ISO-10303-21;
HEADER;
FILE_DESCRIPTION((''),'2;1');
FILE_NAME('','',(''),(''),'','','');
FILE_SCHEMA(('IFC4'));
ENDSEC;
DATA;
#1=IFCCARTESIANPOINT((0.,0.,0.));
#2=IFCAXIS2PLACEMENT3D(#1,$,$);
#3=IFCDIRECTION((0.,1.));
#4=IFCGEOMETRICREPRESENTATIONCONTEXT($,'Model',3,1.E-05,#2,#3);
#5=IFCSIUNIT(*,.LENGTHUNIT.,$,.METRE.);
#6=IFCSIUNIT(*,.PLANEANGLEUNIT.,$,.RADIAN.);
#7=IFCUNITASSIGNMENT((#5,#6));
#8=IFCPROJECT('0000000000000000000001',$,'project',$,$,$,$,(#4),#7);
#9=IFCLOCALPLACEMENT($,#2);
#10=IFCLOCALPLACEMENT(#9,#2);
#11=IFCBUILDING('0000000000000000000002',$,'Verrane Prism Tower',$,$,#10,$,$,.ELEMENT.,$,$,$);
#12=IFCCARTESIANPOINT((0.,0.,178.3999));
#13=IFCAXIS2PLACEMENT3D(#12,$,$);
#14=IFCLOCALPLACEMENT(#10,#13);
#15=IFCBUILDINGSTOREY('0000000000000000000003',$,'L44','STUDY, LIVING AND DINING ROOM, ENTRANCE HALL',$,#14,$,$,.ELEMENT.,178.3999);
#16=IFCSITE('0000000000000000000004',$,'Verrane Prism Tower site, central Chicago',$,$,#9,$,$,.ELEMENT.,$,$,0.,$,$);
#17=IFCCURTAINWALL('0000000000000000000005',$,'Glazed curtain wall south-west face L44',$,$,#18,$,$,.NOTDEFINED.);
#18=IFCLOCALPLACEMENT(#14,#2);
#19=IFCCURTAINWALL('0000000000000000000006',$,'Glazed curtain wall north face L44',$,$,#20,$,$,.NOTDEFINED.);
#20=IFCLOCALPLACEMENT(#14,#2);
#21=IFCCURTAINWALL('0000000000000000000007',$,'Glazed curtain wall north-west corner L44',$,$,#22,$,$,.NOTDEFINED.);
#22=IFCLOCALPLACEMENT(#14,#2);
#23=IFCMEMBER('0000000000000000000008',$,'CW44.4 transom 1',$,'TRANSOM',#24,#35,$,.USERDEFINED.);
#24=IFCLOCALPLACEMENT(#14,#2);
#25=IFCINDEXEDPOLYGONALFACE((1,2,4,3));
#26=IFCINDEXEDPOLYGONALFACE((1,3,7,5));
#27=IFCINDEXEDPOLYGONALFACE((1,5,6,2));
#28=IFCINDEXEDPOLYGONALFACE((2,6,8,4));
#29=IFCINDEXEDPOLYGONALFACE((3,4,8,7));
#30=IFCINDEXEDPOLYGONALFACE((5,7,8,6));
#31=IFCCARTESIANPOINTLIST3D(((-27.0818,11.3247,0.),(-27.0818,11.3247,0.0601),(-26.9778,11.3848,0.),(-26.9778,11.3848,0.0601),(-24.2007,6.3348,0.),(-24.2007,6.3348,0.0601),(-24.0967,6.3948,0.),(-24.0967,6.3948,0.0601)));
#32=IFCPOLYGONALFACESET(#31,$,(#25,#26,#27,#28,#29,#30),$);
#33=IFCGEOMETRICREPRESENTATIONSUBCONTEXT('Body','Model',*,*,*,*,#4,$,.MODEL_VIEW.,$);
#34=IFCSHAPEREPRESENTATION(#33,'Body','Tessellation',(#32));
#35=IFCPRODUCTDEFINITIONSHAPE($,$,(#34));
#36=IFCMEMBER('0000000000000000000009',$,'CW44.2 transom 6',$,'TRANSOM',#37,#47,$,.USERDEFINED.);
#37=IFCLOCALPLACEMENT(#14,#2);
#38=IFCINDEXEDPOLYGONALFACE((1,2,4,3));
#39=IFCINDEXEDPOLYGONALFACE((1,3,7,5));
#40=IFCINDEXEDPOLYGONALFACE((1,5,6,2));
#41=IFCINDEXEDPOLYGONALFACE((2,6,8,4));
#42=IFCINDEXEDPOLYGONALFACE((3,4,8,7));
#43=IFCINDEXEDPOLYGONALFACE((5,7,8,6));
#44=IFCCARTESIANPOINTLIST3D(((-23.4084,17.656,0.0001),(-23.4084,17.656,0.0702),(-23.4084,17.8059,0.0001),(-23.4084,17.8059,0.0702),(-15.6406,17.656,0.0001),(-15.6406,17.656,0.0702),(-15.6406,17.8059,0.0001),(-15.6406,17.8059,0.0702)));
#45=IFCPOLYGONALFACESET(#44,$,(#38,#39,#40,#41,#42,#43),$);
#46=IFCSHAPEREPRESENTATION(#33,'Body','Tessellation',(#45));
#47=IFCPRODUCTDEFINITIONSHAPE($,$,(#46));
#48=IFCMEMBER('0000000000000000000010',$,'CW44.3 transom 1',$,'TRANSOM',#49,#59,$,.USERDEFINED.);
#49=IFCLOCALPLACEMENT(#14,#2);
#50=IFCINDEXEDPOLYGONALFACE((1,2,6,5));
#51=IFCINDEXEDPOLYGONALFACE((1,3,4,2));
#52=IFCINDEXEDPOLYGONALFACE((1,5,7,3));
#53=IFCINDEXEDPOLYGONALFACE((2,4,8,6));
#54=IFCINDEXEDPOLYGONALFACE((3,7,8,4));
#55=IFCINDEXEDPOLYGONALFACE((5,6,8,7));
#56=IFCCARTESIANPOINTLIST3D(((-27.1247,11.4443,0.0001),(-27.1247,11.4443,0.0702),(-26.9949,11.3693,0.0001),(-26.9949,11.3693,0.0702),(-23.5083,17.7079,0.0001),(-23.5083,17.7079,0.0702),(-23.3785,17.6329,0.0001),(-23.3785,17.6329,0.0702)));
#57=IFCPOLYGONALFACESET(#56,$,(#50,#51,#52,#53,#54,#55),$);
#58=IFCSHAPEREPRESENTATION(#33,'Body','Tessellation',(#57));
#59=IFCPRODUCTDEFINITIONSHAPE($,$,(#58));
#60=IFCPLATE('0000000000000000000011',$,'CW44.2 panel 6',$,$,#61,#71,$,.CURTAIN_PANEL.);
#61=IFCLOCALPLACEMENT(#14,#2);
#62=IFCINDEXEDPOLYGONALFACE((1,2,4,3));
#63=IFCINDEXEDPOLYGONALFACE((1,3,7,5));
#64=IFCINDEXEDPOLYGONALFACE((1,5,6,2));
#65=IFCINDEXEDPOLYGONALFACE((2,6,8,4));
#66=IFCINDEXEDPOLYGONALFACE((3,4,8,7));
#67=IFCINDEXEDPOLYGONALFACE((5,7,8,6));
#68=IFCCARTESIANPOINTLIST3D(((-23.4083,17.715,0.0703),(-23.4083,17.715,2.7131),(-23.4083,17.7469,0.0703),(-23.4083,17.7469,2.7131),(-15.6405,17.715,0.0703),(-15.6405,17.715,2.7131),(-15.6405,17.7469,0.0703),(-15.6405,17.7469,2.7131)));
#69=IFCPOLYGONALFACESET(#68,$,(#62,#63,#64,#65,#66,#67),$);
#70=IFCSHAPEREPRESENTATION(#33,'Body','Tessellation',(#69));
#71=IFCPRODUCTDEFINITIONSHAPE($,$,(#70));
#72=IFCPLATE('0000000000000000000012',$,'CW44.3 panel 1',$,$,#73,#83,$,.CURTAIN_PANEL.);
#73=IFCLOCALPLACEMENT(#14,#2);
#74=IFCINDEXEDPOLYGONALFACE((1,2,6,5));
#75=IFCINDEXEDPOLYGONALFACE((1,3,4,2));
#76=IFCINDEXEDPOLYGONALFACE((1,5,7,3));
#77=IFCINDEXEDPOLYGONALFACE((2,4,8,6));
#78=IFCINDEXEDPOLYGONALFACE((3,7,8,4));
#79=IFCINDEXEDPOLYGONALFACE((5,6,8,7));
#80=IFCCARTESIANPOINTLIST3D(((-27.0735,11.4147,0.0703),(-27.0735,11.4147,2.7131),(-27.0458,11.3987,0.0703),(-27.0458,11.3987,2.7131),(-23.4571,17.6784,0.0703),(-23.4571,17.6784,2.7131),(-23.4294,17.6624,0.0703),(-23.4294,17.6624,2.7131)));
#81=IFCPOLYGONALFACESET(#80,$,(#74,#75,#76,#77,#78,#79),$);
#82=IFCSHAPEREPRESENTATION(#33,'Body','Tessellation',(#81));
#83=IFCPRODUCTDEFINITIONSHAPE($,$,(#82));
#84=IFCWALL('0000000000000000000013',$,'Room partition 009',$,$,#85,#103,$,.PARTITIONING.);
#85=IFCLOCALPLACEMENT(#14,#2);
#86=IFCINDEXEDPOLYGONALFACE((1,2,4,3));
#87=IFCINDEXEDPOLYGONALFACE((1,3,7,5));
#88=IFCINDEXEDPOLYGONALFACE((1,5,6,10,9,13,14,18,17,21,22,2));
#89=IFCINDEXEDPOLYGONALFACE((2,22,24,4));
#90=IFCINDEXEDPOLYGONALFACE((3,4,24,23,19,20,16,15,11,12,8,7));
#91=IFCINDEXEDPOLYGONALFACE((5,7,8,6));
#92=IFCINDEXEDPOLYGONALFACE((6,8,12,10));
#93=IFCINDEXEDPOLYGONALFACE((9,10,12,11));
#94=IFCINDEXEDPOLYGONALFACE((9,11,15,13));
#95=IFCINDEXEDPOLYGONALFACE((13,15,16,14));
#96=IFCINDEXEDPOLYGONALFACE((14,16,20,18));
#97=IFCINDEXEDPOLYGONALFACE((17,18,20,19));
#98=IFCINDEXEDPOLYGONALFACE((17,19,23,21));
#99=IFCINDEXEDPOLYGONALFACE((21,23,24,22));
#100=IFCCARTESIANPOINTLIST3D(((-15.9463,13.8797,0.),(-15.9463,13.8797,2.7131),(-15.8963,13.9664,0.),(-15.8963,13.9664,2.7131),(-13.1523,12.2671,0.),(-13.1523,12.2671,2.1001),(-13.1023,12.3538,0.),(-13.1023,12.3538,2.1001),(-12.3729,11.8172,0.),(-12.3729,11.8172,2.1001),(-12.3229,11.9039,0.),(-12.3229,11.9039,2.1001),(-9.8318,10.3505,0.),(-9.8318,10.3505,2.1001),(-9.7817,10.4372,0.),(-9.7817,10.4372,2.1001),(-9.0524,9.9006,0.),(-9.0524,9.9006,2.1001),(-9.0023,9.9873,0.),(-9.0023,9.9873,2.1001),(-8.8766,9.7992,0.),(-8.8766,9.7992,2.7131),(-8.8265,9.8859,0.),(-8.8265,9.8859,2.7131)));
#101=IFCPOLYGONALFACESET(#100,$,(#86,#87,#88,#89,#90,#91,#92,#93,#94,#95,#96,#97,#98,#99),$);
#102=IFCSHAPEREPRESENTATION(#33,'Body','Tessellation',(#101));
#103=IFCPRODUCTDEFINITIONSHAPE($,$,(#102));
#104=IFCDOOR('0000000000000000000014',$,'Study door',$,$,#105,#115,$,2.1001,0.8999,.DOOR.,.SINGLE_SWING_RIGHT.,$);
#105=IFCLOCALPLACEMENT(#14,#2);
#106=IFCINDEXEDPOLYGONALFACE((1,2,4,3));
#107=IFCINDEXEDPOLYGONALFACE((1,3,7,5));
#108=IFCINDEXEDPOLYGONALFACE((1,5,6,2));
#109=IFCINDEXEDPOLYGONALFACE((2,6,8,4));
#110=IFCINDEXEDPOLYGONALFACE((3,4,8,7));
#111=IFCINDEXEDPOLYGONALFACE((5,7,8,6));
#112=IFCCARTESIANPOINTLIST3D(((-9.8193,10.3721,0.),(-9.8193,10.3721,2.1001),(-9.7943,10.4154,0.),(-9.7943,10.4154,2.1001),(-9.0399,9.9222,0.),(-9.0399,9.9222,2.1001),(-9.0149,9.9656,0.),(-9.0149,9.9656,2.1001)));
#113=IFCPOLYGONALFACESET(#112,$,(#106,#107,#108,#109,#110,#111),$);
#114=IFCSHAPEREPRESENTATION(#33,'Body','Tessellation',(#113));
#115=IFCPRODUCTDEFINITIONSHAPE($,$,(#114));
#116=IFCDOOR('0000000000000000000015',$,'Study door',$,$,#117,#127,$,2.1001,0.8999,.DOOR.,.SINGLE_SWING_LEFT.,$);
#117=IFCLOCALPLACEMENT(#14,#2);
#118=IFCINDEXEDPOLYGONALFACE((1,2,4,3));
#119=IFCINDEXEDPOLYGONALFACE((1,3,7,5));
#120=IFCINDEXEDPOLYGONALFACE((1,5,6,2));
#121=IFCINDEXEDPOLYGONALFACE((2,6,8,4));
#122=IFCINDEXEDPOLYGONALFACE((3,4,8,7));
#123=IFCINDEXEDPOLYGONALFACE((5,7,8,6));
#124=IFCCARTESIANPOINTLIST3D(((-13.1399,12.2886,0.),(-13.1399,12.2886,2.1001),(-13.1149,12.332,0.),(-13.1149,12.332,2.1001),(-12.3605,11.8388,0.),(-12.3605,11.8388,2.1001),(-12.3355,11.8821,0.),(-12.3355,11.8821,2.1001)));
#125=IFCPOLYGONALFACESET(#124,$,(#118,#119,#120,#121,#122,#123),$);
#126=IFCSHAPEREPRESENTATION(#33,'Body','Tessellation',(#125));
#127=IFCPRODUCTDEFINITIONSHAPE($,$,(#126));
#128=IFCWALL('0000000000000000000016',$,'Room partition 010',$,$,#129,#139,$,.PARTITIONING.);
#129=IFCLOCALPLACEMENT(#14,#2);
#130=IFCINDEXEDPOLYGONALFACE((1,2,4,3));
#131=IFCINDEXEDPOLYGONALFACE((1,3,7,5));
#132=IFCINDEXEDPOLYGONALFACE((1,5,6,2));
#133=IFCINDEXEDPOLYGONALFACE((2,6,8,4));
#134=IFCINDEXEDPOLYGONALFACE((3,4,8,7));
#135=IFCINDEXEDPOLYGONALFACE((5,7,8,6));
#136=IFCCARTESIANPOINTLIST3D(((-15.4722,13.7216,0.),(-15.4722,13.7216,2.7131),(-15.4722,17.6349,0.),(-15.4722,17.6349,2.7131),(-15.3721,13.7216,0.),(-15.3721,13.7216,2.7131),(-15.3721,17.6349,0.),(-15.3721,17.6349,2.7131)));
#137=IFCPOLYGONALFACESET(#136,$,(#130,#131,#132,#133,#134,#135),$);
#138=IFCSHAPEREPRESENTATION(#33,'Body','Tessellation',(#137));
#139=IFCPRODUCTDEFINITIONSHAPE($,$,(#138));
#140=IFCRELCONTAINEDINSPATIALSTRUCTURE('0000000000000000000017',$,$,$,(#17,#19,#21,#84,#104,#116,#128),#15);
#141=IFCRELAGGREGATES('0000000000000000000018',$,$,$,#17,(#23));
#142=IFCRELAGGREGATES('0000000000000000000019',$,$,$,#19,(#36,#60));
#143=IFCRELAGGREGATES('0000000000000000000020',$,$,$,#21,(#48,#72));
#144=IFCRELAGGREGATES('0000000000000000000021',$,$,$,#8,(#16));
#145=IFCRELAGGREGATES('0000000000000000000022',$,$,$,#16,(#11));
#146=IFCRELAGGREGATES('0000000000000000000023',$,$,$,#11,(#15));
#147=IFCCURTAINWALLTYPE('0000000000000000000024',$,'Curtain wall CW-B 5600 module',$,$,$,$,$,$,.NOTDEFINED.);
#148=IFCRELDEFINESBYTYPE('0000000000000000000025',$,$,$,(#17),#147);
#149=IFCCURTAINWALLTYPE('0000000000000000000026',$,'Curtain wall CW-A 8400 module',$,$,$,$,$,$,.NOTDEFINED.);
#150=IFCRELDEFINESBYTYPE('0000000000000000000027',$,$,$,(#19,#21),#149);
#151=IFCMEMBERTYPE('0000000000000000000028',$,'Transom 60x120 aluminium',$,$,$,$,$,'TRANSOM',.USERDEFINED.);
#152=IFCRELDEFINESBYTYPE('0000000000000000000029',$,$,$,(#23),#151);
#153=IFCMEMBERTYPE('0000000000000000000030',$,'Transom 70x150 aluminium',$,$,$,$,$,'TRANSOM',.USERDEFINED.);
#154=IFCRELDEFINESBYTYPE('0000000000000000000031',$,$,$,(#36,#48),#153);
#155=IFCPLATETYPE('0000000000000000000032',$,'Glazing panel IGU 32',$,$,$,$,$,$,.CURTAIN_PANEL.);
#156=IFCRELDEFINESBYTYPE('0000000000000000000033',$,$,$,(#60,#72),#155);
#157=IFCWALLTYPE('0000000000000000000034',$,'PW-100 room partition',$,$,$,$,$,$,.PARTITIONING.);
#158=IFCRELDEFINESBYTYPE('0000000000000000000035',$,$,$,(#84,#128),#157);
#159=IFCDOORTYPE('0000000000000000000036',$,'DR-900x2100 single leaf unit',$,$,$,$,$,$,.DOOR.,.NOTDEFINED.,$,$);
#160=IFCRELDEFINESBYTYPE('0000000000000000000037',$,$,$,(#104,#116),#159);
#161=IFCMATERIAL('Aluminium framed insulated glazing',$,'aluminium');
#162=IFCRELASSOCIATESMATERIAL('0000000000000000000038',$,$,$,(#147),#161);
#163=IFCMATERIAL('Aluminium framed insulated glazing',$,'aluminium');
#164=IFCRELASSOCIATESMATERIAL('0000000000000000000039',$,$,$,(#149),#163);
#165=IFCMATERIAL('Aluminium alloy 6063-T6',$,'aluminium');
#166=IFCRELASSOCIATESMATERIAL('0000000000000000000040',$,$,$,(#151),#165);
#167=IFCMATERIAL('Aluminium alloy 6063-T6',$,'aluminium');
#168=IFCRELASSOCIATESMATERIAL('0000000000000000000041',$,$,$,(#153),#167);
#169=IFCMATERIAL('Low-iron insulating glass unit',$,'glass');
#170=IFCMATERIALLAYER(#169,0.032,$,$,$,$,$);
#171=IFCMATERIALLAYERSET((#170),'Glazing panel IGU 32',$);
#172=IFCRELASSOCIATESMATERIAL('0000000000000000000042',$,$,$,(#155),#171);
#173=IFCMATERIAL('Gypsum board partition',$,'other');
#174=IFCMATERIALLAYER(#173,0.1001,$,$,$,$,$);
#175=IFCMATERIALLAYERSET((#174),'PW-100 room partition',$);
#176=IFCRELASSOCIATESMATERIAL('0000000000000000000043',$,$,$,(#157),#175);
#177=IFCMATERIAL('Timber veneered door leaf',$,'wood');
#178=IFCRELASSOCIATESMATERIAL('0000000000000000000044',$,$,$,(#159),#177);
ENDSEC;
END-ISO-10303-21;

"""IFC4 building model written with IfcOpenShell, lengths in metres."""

from ifc_helpers import new_model, si_unit, direction, frame, frame_2d, origin, origin_2d, place, context, subcontext, project, spatial, rectangle, extrude, material, layer, layer_set, material_profile, profile_set, type_object, element, fill, aggregate, save


model = new_model("IFC4")

# Units and contexts
model_context = context("Model", 3, precision=1e-05, world=origin(), true_north=direction((0.0, 1.0)))
body_context = subcontext(model_context, "Body", "Model", "MODEL_VIEW")
ifc_project = project(units=[si_unit("LENGTHUNIT", "METRE"), si_unit("PLANEANGLEUNIT", "RADIAN")], contexts=[model_context])

# Site, building, storey
site_placement = place(None, origin())
site = spatial("IfcSite", under=ifc_project, at=site_placement, Name="Verrane Prism Tower site, central Chicago", CompositionType="ELEMENT", RefElevation=0.0)
building_placement = place(site_placement, origin())
building = spatial("IfcBuilding", under=site, at=building_placement, Name="Verrane Prism Tower", CompositionType="ELEMENT")
storey_placement = place(building_placement, frame((0.0, 0.0, 178.3999)))
storey = spatial("IfcBuildingStorey", under=building, at=storey_placement, Name="L44", Description="STUDY, LIVING AND DINING ROOM, ENTRANCE HALL", CompositionType="ELEMENT", Elevation=178.3999)

# Curtain walls
ifc_material_1 = material(Name="Aluminium framed insulated glazing", Category="aluminium")
curtain_wall_type_1 = type_object("IfcCurtainWallType", Name="Curtain wall CW-B 5600 module", PredefinedType="NOTDEFINED", material=ifc_material_1)
curtain_wall_1_placement = place(storey_placement, origin())
curtain_wall_1 = element("IfcCurtainWall", 1, at=curtain_wall_1_placement, inside=storey, type_object=curtain_wall_type_1, Name="Glazed curtain wall south-west face L44", PredefinedType="NOTDEFINED")
ifc_material_2 = material(Name="Aluminium framed insulated glazing", Category="aluminium")
curtain_wall_type_2 = type_object("IfcCurtainWallType", Name="Curtain wall CW-A 8400 module", PredefinedType="NOTDEFINED", material=ifc_material_2)
curtain_wall_2_placement = place(storey_placement, origin())
curtain_wall_2 = element("IfcCurtainWall", 2, at=curtain_wall_2_placement, inside=storey, type_object=curtain_wall_type_2, Name="Glazed curtain wall north face L44", PredefinedType="NOTDEFINED")
curtain_wall_3_placement = place(storey_placement, origin())
curtain_wall_3 = element("IfcCurtainWall", 3, at=curtain_wall_3_placement, inside=storey, type_object=curtain_wall_type_2, Name="Glazed curtain wall north-west corner L44", PredefinedType="NOTDEFINED")

# Members
ifc_material_3 = material(Name="Aluminium alloy 6063-T6", Category="aluminium")
ifc_material_profile_1 = material_profile(ifc_material_3, rectangle(XDim=0.1201, YDim=0.0601, at=origin_2d()), Name="Transom 60x120 aluminium")
ifc_profile_set_1 = profile_set([ifc_material_profile_1], Name="Aluminium alloy 6063-T6")
member_type_1 = type_object("IfcMemberType", Name="Transom 60x120 aluminium", ElementType="TRANSOM", PredefinedType="USERDEFINED", material=ifc_profile_set_1)
member_1_placement = place(storey_placement, frame((-27.0298, 11.3547, 0.03), z_axis=(0.500017, -0.866016, 0.0), x_axis=(0.866016, 0.500017, 0.0)))
member_1 = element("IfcMember", 4, at=member_1_placement, type_object=member_type_1, Name="CW44.4 transom 1", ObjectType="TRANSOM", PredefinedType="USERDEFINED", context=body_context, shape_type="SweptSolid", body=[
    extrude(rectangle(XDim=0.1201, YDim=0.0601, at=origin_2d()), origin(), (0.0, 0.0, 1.0), 5.762),
])
aggregate(curtain_wall_1, [member_1])
ifc_material_4 = material(Name="Aluminium alloy 6063-T6", Category="aluminium")
ifc_material_profile_2 = material_profile(ifc_material_4, rectangle(XDim=0.1499, YDim=0.0701, at=origin_2d()), Name="Transom 70x150 aluminium")
ifc_profile_set_2 = profile_set([ifc_material_profile_2], Name="Aluminium alloy 6063-T6")
member_type_2 = type_object("IfcMemberType", Name="Transom 70x150 aluminium", ElementType="TRANSOM", PredefinedType="USERDEFINED", material=ifc_profile_set_2)
member_2_placement = place(storey_placement, frame((-15.6406, 17.731, 0.0352), z_axis=(-1.0, 0.0, 0.0), x_axis=(0.0, -1.0, 0.0)))
member_2 = element("IfcMember", 5, at=member_2_placement, type_object=member_type_2, Name="CW44.2 transom 6", ObjectType="TRANSOM", PredefinedType="USERDEFINED", context=body_context, shape_type="SweptSolid", body=[
    extrude(rectangle(XDim=0.1499, YDim=0.0701, at=origin_2d()), origin(), (0.0, 0.0, 1.0), 7.7678),
])
member_3_placement = place(storey_placement, frame((-23.4434, 17.6704, 0.0352), z_axis=(-0.500013, -0.866018, 0.0), x_axis=(0.866018, -0.500013, 0.0)))
member_3 = element("IfcMember", 6, at=member_3_placement, type_object=member_type_2, Name="CW44.3 transom 1", ObjectType="TRANSOM", PredefinedType="USERDEFINED", context=body_context, shape_type="SweptSolid", body=[
    extrude(rectangle(XDim=0.1499, YDim=0.0701, at=origin_2d()), origin(), (0.0, 0.0, 1.0), 7.2327),
])

# Plates
ifc_material_5 = material(Name="Low-iron insulating glass unit", Category="glass")
ifc_layer_1 = layer(ifc_material_5, 0.032)
ifc_layer_set_1 = layer_set([ifc_layer_1], Name="Glazing panel IGU 32")
plate_type = type_object("IfcPlateType", Name="Glazing panel IGU 32", PredefinedType="CURTAIN_PANEL", material=ifc_layer_set_1)
plate_1_placement = place(storey_placement, frame((-19.5244, 17.731, 0.0703), z_axis=(0.0, 0.0, 1.0), x_axis=(-1.0, 0.0, 0.0)))
plate_1 = element("IfcPlate", 7, at=plate_1_placement, type_object=plate_type, Name="CW44.2 panel 6", PredefinedType="CURTAIN_PANEL", context=body_context, shape_type="SweptSolid", body=[
    extrude(rectangle(XDim=7.7678, YDim=0.032, at=origin_2d()), origin(), (0.0, 0.0, 1.0), 2.6428),
])
aggregate(curtain_wall_2, [member_2, plate_1])
plate_2_placement = place(storey_placement, frame((-25.2515, 14.5386, 0.0703), z_axis=(0.0, 0.0, 1.0), x_axis=(-0.500002, -0.866024, 0.0)))
plate_2 = element("IfcPlate", 8, at=plate_2_placement, type_object=plate_type, Name="CW44.3 panel 1", PredefinedType="CURTAIN_PANEL", context=body_context, shape_type="SweptSolid", body=[
    extrude(rectangle(XDim=7.2327, YDim=0.032, at=origin_2d()), origin(), (0.0, 0.0, 1.0), 2.6428),
])
aggregate(curtain_wall_3, [member_3, plate_2])

# Wall, openings, doors
ifc_material_6 = material(Name="Gypsum board partition", Category="other")
ifc_layer_2 = layer(ifc_material_6, 0.1001)
ifc_layer_set_2 = layer_set([ifc_layer_2], Name="PW-100 room partition")
wall_type = type_object("IfcWallType", Name="PW-100 room partition", PredefinedType="PARTITIONING", material=ifc_layer_set_2)
wall_1_placement = place(storey_placement, frame((-15.9214, 13.9231, 0.0), z_axis=(0.0, 0.0, 1.0), x_axis=(0.866089, -0.49989, 0.0)))
wall_1 = element("IfcWall", 9, at=wall_1_placement, inside=storey, type_object=wall_type, Name="Room partition 009", PredefinedType="PARTITIONING", context=body_context, shape_type="SweptSolid", body=[
    extrude(rectangle(XDim=8.1628, YDim=0.1001, at=frame_2d((4.0815, 0.0))), origin(), (0.0, 0.0, 1.0), 2.7131),
])
opening_1_placement = place(wall_1_placement, frame((7.0601, 0.0, 0.0)))
opening_1 = element("IfcOpeningElement", 10, at=opening_1_placement, cuts=wall_1, PredefinedType="OPENING", context=body_context, shape_type="SweptSolid", body=[
    extrude(rectangle(XDim=0.8999, YDim=2.1001, at=frame_2d((0.45, 1.05))), frame((0.0, 0.0601, 0.0), z_axis=(0.0, -1.0, 0.0), x_axis=(1.0, 0.0, 0.0)), (0.0, 0.0, 1.0), 0.1201),
])
opening_2_placement = place(wall_1_placement, frame((3.2261, 0.0, 0.0)))
opening_2 = element("IfcOpeningElement", 11, at=opening_2_placement, cuts=wall_1, PredefinedType="OPENING", context=body_context, shape_type="SweptSolid", body=[
    extrude(rectangle(XDim=0.8999, YDim=2.1001, at=frame_2d((0.45, 1.05))), frame((0.0, 0.0601, 0.0), z_axis=(0.0, -1.0, 0.0), x_axis=(1.0, 0.0, 0.0)), (0.0, 0.0, 1.0), 0.1201),
])
ifc_material_7 = material(Name="Timber veneered door leaf", Category="wood")
door_type = type_object("IfcDoorType", Name="DR-900x2100 single leaf unit", OperationType="NOTDEFINED", PredefinedType="DOOR", material=ifc_material_7)
door_1_placement = place(opening_1_placement, origin())
door_1 = element("IfcDoor", 12, at=door_1_placement, inside=storey, type_object=door_type, Name="Study door", OperationType="SINGLE_SWING_RIGHT", OverallHeight=2.1001, OverallWidth=0.8999, PredefinedType="DOOR", context=body_context, shape_type="SweptSolid", body=[
    extrude(rectangle(XDim=0.8999, YDim=2.1001, at=frame_2d((0.45, 1.05))), frame((0.0, 0.0249, 0.0), z_axis=(0.0, -1.0, 0.0), x_axis=(1.0, 0.0, 0.0)), (0.0, 0.0, 1.0), 0.05),
])
fill(opening_1, door_1)
door_2_placement = place(opening_2_placement, origin())
door_2 = element("IfcDoor", 13, at=door_2_placement, inside=storey, type_object=door_type, Name="Study door", OperationType="SINGLE_SWING_LEFT", OverallHeight=2.1001, OverallWidth=0.8999, PredefinedType="DOOR", context=body_context, shape_type="SweptSolid", body=[
    extrude(rectangle(XDim=0.8999, YDim=2.1001, at=frame_2d((0.45, 1.05))), frame((0.0, 0.0249, 0.0), z_axis=(0.0, -1.0, 0.0), x_axis=(1.0, 0.0, 0.0)), (0.0, 0.0, 1.0), 0.05),
])
fill(opening_2, door_2)

# Wall
wall_2_placement = place(storey_placement, frame((-15.4221, 13.7217, 0.0), z_axis=(0.0, 0.0, 1.0), x_axis=(0.0, 1.0, 0.0)))
element("IfcWall", 14, at=wall_2_placement, inside=storey, type_object=wall_type, Name="Room partition 010", PredefinedType="PARTITIONING", context=body_context, shape_type="SweptSolid", body=[
    extrude(rectangle(XDim=3.9133, YDim=0.1001, at=frame_2d((1.9565, 0.0))), origin(), (0.0, 0.0, 1.0), 2.7131),
])

save(model, "model.ifc")
